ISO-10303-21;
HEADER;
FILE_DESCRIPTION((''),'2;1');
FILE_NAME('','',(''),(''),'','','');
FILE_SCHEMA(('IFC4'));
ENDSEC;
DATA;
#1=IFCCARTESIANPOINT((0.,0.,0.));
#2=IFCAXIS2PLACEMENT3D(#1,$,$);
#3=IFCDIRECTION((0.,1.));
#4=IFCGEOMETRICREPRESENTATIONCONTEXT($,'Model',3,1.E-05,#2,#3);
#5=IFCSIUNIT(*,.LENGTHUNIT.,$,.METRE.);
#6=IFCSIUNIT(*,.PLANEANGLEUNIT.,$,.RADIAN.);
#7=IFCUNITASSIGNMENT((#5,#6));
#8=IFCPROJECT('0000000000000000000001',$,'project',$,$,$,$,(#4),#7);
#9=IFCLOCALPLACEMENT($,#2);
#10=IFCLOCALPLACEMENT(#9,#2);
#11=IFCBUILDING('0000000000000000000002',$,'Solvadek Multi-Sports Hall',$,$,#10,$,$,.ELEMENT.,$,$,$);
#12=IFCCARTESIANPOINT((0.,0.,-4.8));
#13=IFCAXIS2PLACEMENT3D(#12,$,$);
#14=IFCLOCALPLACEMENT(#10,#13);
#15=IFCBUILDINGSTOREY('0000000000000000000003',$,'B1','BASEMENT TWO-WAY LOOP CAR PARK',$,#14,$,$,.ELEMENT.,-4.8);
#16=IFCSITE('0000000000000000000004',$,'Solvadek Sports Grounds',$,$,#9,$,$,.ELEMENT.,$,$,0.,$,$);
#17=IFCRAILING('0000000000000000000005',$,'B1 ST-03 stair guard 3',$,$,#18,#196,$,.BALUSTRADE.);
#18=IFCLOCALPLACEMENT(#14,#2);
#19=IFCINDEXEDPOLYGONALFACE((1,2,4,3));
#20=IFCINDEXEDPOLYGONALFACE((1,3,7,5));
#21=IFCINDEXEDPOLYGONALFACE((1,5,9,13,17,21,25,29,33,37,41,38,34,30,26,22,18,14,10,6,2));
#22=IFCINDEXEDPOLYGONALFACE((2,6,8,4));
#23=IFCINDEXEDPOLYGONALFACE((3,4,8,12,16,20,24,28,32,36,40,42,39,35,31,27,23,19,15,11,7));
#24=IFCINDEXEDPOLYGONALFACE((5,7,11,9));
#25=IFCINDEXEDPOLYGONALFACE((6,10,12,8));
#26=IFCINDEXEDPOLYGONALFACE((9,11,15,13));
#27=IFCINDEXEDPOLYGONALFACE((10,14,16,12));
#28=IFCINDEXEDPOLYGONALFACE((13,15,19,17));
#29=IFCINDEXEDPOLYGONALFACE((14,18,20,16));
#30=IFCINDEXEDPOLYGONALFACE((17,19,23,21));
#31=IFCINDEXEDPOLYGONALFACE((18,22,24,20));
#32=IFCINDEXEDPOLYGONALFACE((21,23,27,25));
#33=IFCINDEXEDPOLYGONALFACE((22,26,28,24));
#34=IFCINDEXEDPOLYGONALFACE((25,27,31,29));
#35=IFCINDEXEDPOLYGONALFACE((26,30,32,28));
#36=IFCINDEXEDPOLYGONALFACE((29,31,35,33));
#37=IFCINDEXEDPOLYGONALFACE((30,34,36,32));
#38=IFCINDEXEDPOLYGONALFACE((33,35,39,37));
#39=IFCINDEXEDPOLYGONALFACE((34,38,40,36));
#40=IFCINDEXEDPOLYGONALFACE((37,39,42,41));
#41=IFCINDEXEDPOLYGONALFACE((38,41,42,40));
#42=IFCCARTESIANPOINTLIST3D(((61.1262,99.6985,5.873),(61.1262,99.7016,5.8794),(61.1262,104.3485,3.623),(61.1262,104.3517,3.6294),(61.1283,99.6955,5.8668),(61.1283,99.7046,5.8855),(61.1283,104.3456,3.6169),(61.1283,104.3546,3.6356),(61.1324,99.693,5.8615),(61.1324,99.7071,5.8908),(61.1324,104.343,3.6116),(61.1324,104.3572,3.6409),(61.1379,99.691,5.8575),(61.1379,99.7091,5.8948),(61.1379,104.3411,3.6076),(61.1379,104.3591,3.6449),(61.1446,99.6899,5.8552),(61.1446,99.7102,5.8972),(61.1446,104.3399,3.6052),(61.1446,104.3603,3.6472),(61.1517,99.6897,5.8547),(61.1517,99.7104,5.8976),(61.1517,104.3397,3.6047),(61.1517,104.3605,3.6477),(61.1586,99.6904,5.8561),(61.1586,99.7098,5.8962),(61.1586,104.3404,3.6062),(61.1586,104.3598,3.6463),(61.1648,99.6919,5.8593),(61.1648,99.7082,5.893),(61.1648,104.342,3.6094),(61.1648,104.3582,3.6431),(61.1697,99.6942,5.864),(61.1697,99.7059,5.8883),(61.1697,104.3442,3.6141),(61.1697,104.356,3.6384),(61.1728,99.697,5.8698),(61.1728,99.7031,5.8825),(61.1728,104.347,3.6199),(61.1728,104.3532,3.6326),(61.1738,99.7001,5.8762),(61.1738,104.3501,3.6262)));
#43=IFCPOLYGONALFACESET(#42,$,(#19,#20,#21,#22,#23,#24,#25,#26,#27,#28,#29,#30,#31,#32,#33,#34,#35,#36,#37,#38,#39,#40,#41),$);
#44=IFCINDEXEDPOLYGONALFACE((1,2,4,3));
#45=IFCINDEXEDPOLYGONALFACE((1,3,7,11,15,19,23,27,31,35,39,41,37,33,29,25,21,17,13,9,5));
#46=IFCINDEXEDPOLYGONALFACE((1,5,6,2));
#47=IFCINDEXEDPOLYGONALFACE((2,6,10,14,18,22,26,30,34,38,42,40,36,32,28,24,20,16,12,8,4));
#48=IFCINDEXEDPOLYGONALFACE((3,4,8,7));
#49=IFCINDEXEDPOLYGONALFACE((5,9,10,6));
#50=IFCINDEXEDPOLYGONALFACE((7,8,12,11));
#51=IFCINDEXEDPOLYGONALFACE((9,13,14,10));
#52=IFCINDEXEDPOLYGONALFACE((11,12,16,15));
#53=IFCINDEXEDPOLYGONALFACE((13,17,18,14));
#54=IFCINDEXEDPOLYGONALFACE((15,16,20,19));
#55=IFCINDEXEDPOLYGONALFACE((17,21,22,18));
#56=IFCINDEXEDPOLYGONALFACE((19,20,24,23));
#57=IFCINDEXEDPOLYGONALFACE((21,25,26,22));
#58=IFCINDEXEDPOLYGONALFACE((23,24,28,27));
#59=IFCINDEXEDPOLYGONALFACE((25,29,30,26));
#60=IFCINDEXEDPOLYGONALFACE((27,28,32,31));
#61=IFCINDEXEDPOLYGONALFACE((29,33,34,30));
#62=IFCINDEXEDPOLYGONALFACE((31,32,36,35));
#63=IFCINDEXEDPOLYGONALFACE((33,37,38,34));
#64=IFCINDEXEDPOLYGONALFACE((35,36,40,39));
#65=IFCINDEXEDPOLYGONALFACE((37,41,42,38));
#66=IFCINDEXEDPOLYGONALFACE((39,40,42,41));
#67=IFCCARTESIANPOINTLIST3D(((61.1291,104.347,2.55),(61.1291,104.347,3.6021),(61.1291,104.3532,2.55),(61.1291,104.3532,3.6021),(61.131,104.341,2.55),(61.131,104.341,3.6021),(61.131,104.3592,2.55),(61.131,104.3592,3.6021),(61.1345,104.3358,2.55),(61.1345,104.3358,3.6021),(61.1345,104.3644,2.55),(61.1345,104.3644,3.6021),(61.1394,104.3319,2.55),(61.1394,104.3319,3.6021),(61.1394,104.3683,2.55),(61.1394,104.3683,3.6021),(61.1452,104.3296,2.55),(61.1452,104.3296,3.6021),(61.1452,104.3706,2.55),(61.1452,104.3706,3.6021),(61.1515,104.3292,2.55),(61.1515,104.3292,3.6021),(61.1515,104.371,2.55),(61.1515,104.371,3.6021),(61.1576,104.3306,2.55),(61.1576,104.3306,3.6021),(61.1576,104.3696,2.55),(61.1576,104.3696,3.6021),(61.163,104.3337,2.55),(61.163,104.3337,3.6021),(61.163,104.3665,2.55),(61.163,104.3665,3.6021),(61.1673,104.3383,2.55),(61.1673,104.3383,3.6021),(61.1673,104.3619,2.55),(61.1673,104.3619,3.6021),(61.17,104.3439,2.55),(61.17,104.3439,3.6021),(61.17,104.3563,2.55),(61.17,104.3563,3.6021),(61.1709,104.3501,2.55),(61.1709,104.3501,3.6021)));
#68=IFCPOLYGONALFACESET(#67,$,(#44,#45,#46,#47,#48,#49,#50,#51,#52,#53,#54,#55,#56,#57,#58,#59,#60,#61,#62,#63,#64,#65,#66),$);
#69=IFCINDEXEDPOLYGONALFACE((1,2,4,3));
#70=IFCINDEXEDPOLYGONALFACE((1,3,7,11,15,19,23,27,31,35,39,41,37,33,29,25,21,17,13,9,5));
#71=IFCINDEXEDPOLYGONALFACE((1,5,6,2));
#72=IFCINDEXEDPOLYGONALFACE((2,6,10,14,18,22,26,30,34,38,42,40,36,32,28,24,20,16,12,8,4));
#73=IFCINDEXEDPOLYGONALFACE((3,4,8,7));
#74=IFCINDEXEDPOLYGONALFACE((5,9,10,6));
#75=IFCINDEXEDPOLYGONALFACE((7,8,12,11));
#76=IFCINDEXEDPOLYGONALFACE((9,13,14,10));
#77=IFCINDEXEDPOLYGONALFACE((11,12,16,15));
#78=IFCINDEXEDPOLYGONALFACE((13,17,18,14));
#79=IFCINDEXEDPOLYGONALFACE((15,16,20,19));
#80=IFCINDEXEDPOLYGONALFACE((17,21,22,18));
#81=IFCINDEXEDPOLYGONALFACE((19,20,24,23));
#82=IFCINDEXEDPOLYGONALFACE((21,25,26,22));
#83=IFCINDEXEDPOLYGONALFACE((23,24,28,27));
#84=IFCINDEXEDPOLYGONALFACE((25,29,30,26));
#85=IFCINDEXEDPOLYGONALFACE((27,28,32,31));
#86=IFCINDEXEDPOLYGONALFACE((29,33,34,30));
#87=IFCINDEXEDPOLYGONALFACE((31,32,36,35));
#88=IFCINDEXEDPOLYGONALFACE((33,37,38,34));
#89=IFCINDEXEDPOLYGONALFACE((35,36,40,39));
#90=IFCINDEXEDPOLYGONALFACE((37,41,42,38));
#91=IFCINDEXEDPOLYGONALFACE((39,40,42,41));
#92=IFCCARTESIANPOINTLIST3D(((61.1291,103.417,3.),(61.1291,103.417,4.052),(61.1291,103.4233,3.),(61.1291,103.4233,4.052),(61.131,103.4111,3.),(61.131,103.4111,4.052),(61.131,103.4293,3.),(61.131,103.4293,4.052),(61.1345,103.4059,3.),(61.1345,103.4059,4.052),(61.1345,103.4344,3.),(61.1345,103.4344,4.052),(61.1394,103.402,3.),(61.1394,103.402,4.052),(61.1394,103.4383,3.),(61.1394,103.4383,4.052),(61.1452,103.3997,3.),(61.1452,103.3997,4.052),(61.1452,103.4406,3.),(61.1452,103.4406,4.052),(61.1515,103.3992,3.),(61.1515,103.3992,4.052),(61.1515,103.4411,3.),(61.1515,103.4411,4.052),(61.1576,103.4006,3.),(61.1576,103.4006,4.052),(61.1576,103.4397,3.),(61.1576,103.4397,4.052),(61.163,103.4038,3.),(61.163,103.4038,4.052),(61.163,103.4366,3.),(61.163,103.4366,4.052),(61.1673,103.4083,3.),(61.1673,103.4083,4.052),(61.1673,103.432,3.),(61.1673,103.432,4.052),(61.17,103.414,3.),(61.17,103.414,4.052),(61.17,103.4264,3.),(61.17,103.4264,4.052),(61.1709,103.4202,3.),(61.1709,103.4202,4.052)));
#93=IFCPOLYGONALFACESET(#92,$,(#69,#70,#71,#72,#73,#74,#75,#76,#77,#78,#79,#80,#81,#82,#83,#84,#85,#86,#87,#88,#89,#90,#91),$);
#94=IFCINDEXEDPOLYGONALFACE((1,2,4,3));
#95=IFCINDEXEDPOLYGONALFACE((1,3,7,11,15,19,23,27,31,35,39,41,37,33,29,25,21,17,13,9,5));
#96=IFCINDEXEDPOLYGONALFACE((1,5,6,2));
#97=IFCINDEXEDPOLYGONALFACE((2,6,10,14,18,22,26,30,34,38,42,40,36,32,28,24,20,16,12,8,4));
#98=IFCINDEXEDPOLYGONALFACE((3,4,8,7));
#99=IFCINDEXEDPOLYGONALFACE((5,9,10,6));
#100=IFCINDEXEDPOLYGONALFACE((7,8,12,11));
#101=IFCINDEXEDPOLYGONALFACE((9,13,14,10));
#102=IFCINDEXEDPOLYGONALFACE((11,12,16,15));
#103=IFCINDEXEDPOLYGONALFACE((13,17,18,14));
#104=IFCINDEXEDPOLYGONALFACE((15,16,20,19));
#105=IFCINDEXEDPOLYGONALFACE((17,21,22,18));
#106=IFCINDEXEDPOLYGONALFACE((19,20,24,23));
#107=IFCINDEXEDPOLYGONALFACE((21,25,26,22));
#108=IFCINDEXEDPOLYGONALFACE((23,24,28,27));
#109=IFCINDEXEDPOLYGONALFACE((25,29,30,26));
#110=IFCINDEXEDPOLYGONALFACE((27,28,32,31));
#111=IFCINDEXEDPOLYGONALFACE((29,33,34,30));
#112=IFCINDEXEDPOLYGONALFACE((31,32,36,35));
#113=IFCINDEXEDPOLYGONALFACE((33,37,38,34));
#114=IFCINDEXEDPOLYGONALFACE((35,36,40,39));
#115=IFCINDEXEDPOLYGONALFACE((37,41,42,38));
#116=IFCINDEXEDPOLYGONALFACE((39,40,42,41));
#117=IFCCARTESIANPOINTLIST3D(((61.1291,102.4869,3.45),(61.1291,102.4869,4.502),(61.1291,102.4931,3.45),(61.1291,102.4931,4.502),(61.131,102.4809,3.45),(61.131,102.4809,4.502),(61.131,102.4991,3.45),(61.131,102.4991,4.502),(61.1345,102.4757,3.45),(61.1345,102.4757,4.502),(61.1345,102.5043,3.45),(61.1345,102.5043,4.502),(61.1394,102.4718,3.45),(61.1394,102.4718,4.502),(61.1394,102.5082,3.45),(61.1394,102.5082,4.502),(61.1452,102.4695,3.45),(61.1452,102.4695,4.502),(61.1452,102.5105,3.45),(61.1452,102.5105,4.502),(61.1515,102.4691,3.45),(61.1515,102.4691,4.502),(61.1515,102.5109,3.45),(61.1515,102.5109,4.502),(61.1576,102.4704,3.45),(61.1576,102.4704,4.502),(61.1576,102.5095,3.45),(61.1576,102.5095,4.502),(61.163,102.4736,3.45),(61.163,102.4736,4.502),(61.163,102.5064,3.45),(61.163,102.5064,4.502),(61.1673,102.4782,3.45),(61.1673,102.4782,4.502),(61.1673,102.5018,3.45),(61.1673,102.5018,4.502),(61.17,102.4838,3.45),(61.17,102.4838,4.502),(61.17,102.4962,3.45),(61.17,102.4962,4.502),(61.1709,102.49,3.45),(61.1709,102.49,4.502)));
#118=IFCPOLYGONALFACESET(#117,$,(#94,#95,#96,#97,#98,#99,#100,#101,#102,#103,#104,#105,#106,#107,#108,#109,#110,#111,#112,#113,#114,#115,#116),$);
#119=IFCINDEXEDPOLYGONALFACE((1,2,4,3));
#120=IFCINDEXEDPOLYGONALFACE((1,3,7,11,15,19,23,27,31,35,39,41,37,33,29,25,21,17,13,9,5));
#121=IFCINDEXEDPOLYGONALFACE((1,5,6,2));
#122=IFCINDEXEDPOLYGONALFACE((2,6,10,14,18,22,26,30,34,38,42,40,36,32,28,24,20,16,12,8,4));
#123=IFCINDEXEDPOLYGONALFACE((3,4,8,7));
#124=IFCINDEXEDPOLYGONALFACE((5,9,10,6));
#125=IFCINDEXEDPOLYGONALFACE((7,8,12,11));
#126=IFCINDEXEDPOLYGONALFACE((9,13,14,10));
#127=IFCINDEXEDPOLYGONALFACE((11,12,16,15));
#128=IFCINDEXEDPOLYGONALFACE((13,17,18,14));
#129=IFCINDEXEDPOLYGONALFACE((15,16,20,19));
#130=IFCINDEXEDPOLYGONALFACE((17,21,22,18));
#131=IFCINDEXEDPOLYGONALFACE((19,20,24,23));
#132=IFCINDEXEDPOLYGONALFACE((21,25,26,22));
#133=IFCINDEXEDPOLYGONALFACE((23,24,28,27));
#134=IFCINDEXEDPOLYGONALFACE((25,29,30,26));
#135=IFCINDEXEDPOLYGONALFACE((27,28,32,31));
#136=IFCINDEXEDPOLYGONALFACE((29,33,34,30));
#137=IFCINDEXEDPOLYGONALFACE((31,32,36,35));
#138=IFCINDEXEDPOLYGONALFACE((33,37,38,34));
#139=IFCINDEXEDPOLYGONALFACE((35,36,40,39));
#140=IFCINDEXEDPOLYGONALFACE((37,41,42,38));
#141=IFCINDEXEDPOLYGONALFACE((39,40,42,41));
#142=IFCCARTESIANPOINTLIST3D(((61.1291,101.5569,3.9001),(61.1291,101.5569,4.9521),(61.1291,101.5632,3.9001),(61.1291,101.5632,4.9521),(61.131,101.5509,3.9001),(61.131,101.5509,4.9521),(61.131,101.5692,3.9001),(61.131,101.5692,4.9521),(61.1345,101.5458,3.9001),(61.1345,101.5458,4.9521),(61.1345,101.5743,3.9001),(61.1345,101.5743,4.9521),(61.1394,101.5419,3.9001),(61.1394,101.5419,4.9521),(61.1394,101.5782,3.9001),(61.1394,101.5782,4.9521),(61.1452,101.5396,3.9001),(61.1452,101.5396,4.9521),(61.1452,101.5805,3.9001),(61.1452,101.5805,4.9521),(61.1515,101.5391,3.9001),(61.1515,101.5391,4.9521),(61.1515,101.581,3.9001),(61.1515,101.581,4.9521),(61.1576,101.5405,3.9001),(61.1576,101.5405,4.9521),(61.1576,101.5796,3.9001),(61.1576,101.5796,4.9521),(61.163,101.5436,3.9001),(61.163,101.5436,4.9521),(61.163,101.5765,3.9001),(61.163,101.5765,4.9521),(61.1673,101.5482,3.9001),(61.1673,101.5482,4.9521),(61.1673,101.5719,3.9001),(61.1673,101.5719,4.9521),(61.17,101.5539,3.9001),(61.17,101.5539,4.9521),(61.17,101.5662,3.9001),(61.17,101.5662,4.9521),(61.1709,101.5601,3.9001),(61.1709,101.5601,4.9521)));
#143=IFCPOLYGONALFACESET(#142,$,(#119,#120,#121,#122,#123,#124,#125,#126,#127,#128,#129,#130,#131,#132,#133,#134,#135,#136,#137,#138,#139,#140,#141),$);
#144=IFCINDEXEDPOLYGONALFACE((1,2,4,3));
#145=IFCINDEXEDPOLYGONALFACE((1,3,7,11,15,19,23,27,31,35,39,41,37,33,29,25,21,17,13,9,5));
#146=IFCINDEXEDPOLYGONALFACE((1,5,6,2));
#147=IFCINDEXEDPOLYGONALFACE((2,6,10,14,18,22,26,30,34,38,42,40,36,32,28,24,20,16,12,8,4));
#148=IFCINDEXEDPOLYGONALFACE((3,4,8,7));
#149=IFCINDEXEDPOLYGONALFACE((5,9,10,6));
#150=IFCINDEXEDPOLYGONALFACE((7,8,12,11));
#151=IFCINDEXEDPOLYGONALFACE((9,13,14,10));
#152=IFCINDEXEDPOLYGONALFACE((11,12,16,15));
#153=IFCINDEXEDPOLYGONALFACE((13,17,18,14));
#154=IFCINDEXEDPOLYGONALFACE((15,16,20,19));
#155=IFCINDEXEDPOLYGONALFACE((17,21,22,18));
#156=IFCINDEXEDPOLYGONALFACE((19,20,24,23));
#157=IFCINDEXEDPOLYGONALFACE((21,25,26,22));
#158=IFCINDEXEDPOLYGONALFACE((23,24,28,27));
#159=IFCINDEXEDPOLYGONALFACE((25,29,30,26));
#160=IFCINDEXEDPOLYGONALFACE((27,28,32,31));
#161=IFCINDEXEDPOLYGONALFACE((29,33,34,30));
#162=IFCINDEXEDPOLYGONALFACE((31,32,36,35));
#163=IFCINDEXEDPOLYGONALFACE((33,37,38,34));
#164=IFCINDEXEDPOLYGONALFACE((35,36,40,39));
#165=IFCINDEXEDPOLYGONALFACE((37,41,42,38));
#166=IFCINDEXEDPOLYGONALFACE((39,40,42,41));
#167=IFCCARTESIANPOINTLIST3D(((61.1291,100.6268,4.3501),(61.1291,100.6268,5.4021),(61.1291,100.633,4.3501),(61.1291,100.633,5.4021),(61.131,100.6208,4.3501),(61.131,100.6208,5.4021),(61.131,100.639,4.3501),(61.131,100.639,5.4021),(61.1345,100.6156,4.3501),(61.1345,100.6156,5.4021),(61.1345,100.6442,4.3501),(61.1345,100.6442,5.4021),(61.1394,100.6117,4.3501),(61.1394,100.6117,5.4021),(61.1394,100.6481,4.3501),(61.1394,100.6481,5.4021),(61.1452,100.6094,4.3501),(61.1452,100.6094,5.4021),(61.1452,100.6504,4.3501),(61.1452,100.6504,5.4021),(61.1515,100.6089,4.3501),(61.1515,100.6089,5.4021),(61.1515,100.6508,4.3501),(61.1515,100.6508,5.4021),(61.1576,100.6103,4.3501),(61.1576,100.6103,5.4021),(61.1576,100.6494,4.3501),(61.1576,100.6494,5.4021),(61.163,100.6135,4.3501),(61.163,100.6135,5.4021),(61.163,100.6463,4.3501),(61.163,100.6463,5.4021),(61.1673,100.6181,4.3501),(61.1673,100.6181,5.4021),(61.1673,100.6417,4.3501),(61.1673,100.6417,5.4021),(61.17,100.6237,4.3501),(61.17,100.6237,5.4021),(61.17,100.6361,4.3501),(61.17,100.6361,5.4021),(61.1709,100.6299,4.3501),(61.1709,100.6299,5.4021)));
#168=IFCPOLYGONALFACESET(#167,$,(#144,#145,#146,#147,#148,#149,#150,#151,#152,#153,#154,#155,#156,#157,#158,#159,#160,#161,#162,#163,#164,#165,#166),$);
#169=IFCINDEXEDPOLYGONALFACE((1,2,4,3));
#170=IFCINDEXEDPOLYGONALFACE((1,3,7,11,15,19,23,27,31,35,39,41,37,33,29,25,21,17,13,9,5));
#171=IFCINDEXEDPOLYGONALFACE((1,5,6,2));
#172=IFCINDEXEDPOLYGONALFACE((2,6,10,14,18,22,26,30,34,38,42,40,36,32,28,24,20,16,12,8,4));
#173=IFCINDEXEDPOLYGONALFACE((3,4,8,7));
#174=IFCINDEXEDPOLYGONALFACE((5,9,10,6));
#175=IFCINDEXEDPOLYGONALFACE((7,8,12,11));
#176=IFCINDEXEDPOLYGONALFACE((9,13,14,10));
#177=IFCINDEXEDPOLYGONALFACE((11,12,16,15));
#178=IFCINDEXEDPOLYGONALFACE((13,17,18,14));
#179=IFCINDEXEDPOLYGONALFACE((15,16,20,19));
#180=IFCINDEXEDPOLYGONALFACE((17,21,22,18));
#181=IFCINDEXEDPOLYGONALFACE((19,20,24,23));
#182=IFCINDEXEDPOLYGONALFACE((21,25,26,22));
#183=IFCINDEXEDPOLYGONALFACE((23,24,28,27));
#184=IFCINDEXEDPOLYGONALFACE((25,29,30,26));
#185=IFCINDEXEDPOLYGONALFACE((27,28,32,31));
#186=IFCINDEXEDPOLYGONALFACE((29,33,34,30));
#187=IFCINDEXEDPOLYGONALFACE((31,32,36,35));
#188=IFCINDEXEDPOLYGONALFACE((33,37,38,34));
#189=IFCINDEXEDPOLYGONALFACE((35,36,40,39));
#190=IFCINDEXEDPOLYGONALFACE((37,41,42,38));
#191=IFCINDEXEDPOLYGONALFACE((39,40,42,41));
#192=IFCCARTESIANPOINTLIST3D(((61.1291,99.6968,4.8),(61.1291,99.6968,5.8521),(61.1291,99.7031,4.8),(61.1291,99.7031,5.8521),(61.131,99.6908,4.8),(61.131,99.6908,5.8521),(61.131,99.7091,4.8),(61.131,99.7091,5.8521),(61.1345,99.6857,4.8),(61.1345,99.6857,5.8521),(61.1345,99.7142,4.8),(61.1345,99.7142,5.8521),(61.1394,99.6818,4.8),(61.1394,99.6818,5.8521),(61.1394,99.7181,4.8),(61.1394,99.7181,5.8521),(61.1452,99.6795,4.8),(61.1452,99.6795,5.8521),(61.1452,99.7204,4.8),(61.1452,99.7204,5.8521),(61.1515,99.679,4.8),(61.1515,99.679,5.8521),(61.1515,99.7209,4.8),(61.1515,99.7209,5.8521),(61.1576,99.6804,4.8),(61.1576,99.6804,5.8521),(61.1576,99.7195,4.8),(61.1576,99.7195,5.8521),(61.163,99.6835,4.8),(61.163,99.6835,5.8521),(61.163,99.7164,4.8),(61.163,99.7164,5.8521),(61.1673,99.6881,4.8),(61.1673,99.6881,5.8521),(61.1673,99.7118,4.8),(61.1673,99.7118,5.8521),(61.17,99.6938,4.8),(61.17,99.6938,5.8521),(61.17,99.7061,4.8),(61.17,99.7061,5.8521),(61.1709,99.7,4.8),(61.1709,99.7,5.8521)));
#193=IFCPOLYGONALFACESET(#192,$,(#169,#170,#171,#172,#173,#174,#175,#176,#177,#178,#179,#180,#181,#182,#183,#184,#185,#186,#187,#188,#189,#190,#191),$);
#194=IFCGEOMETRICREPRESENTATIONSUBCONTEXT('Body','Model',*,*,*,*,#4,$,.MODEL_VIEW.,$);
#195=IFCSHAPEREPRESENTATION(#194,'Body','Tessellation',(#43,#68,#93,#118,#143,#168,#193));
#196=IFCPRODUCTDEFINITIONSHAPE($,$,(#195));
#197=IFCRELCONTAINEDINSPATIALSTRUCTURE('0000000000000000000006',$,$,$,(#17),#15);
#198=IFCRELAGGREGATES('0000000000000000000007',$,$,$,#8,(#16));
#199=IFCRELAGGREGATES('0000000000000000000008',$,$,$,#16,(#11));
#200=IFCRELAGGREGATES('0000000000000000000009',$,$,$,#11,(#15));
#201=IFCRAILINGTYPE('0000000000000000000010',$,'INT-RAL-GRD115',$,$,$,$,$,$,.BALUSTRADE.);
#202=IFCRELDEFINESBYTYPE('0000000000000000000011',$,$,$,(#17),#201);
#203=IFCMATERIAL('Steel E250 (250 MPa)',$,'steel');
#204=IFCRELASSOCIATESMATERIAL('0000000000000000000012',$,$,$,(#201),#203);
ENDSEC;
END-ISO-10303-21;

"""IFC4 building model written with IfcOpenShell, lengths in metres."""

from ifc_helpers import new_model, si_unit, direction, frame, origin, origin_2d, place, context, subcontext, project, spatial, circle, extrude, material, type_object, element, save


model = new_model("IFC4")

# Units and contexts
model_context = context("Model", 3, precision=1e-05, world=origin(), true_north=direction((0.0, 1.0)))
body_context = subcontext(model_context, "Body", "Model", "MODEL_VIEW")
ifc_project = project(units=[si_unit("LENGTHUNIT", "METRE"), si_unit("PLANEANGLEUNIT", "RADIAN")], contexts=[model_context])

# Site, building, storey
site_placement = place(None, origin())
site = spatial("IfcSite", under=ifc_project, at=site_placement, Name="Solvadek Sports Grounds", CompositionType="ELEMENT", RefElevation=0.0)
building_placement = place(site_placement, origin())
building = spatial("IfcBuilding", under=site, at=building_placement, Name="Solvadek Multi-Sports Hall", CompositionType="ELEMENT")
storey_placement = place(building_placement, frame((0.0, 0.0, -4.8)))
storey = spatial("IfcBuildingStorey", under=building, at=storey_placement, Name="B1", Description="BASEMENT TWO-WAY LOOP CAR PARK", CompositionType="ELEMENT", Elevation=-4.8)

# Railing
ifc_material_1 = material(Name="Steel E250 (250 MPa)", Category="steel")
railing_type_1 = type_object("IfcRailingType", Name="INT-RAL-GRD115", PredefinedType="BALUSTRADE", material=ifc_material_1)
railing_1_placement = place(storey_placement, frame((61.1499, 104.3501, 2.55)))
element("IfcRailing", 1, at=railing_1_placement, inside=storey, type_object=railing_type_1, Name="B1 ST-03 stair guard 3", PredefinedType="BALUSTRADE", context=body_context, shape_type="SweptSolid", body=[
    extrude(circle(Radius=0.0239, at=origin_2d()), frame((0.0, 0.0, 1.0762), z_axis=(0.0, -0.900165, 0.43555), x_axis=(1.0, 0.0, 0.0)), (0.0, 0.0, 1.0), 5.1658),
    extrude(circle(Radius=0.021, at=origin_2d()), origin(), (0.0, 0.0, 1.0), 1.052),
    extrude(circle(Radius=0.021, at=origin_2d()), frame((0.0, -0.9299, 0.45)), (0.0, 0.0, 1.0), 1.052),
    extrude(circle(Radius=0.021, at=origin_2d()), frame((0.0, -1.8601, 0.8999)), (0.0, 0.0, 1.0), 1.052),
    extrude(circle(Radius=0.021, at=origin_2d()), frame((0.0, -2.79, 1.3501)), (0.0, 0.0, 1.0), 1.052),
    extrude(circle(Radius=0.021, at=origin_2d()), frame((0.0, -3.7202, 1.8)), (0.0, 0.0, 1.0), 1.052),
    extrude(circle(Radius=0.021, at=origin_2d()), frame((0.0, -4.6501, 2.25)), (0.0, 0.0, 1.0), 1.052),
])

save(model, "model.ifc")
